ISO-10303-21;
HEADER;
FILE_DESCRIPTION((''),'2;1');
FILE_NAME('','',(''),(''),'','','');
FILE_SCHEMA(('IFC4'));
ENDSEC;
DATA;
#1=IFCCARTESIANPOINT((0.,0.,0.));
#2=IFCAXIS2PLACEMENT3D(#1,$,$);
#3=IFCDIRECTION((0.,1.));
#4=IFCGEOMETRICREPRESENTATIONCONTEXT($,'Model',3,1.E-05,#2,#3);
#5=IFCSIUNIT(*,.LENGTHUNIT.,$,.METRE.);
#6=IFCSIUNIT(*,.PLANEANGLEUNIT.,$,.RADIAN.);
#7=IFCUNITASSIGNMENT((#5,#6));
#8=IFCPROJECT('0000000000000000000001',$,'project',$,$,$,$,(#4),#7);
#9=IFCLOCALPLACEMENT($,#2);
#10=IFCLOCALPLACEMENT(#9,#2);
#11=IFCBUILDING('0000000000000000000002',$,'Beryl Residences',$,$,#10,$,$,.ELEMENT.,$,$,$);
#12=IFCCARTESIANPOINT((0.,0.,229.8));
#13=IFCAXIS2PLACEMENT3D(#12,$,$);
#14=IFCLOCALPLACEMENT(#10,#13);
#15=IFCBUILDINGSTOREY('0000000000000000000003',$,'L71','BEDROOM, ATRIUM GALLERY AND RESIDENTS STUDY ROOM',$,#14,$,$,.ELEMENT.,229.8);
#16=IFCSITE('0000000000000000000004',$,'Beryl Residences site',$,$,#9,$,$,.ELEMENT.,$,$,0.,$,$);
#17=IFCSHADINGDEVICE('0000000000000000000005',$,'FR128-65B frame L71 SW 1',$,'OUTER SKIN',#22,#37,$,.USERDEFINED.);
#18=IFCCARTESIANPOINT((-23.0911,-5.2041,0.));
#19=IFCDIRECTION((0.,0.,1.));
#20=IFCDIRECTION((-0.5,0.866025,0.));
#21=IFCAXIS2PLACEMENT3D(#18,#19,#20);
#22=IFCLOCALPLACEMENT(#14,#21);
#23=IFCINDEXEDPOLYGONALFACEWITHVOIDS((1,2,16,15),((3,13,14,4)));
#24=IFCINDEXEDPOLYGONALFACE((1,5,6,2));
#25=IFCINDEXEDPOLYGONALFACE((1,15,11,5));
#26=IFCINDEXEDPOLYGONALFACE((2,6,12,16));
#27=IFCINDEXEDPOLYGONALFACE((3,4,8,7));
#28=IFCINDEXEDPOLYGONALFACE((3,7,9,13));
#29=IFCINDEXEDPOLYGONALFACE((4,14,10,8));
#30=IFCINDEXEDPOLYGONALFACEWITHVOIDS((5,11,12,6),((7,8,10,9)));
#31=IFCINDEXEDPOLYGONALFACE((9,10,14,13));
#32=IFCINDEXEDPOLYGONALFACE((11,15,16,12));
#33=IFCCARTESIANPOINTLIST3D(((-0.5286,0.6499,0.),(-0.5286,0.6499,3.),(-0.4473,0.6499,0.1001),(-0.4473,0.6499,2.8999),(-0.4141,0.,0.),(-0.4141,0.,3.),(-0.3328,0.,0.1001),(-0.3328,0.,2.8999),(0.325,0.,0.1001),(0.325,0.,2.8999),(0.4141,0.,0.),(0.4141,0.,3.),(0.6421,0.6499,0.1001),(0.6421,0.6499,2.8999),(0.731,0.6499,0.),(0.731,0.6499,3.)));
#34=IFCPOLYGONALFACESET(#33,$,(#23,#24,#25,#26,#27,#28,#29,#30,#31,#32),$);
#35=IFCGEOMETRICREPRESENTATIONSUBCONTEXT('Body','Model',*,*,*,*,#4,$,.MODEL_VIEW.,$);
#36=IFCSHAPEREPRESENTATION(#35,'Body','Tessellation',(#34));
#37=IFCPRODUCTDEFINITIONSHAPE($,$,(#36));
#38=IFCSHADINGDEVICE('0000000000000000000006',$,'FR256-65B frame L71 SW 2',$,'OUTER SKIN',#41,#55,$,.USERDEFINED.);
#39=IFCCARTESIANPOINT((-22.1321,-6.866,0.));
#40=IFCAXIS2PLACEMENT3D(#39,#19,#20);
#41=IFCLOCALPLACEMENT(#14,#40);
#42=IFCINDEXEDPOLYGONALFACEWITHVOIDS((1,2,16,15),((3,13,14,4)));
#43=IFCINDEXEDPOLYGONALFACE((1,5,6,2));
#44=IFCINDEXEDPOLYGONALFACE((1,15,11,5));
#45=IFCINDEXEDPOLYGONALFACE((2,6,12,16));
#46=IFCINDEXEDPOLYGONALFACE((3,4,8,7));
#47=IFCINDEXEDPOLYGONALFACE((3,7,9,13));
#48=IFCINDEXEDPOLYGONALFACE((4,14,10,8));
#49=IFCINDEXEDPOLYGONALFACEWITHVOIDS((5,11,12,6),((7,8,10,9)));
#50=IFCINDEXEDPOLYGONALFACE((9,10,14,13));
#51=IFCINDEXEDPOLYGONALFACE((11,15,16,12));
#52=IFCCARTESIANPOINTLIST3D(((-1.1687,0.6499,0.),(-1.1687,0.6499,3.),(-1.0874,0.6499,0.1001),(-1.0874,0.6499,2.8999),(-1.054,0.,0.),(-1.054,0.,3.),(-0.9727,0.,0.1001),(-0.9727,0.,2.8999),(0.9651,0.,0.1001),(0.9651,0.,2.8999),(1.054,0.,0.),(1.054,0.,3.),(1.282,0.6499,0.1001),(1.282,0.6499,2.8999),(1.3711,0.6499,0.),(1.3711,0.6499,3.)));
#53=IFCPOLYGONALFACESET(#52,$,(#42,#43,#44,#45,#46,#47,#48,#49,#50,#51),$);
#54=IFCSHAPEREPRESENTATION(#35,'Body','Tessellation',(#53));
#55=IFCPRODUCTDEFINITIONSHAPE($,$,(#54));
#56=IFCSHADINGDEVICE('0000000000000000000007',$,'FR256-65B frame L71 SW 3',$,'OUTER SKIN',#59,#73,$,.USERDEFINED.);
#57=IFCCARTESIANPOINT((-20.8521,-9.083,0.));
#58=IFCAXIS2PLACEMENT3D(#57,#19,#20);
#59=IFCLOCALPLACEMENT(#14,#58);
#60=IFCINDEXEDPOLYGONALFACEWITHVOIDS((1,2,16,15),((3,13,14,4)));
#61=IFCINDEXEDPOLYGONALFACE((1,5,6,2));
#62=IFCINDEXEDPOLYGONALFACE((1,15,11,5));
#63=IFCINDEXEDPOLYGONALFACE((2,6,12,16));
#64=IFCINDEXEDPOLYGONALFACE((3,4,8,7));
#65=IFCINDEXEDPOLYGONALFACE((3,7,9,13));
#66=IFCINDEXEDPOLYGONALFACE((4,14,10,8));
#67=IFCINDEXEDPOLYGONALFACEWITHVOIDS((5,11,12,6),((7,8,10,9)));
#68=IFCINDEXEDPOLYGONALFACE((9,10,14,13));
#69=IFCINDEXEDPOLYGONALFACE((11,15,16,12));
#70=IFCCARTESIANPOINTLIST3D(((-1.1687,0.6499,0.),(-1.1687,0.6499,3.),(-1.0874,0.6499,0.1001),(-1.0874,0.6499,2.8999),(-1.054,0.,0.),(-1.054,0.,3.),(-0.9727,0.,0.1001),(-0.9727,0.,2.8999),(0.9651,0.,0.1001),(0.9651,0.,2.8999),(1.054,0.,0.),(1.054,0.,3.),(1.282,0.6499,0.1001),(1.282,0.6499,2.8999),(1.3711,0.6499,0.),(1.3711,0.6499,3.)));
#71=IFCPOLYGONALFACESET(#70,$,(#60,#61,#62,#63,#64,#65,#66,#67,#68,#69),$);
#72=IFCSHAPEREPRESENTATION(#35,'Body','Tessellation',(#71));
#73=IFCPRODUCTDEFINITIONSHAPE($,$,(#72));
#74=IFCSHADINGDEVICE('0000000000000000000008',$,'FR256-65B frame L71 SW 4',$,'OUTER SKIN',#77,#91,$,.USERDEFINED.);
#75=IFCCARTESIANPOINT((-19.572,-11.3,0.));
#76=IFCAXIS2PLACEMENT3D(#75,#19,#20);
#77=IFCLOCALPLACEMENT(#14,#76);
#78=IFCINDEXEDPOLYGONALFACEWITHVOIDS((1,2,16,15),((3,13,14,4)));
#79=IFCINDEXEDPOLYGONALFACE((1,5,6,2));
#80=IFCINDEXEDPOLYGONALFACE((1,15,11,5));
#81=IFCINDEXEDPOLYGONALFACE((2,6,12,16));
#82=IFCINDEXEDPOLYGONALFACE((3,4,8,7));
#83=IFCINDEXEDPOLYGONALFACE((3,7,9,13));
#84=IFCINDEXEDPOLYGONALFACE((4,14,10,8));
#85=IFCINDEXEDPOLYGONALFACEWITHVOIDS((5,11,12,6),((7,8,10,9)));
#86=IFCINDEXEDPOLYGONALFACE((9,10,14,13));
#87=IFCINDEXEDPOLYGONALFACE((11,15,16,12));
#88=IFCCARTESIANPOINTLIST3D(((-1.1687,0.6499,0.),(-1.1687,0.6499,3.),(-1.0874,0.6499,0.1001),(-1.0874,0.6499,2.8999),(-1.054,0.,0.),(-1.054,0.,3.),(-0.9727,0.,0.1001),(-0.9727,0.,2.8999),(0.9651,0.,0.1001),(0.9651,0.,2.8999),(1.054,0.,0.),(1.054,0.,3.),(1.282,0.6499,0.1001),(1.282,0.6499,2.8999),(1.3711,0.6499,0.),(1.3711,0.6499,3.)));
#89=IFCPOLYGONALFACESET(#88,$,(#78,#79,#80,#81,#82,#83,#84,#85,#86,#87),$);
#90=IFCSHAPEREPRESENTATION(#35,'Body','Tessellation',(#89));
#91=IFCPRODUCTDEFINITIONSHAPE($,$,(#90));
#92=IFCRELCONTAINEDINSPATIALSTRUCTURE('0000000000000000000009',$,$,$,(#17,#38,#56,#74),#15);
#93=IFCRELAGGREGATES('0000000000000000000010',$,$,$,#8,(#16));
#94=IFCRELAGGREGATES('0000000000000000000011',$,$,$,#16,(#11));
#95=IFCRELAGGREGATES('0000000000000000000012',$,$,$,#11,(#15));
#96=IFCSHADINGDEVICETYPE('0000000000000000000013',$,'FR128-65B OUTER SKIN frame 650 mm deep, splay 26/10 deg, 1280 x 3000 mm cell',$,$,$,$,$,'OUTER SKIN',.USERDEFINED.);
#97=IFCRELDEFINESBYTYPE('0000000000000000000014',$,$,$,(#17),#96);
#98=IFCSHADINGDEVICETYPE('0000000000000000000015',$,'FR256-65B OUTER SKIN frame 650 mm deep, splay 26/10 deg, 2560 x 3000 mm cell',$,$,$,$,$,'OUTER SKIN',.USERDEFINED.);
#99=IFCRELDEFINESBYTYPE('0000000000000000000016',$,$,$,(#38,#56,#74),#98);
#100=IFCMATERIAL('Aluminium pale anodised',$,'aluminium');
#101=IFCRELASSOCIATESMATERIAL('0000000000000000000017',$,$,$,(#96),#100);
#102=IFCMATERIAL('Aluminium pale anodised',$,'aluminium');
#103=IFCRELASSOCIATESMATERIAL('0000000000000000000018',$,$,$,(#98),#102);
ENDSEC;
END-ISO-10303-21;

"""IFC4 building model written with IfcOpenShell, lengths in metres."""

from ifc_helpers import new_model, entity, si_unit, direction, frame, origin, place, context, subcontext, project, spatial, source, transform, mapped, material, type_object, type_shapes, element, save


model = new_model("IFC4")

# Units and contexts
model_context = context("Model", 3, precision=1e-05, world=origin(), true_north=direction((0.0, 1.0)))
body_context = subcontext(model_context, "Body", "Model", "MODEL_VIEW")
ifc_project = project(units=[si_unit("LENGTHUNIT", "METRE"), si_unit("PLANEANGLEUNIT", "RADIAN")], contexts=[model_context])

# Site, building, storey
site_placement = place(None, origin())
site = spatial("IfcSite", under=ifc_project, at=site_placement, Name="Beryl Residences site", CompositionType="ELEMENT", RefElevation=0.0)
building_placement = place(site_placement, origin())
building = spatial("IfcBuilding", under=site, at=building_placement, Name="Beryl Residences", CompositionType="ELEMENT")
storey_placement = place(building_placement, frame((0.0, 0.0, 229.8)))
storey = spatial("IfcBuildingStorey", under=building, at=storey_placement, Name="L71", Description="BEDROOM, ATRIUM GALLERY AND RESIDENTS STUDY ROOM", CompositionType="ELEMENT", Elevation=229.8)

# Shading devices
ifc_material_1 = material(Name="Aluminium pale anodised", Category="aluminium")
shading_device_type_1 = type_object("IfcShadingDeviceType", Name="FR128-65B OUTER SKIN frame 650 mm deep, splay 26/10 deg, 1280 x 3000 mm cell", ElementType="OUTER SKIN", PredefinedType="USERDEFINED", material=ifc_material_1)
cartesian_point_1 = entity("IfcCartesianPoint", [-0.4141, 0.0])
cartesian_point_2 = entity("IfcCartesianPoint", [-0.325, 0.1001])
cartesian_point_3 = entity("IfcCartesianPoint", [-0.731, 0.0])
cartesian_point_4 = entity("IfcCartesianPoint", [-0.6421, 0.1001])
shared_shape_1 = source(origin(), body_context, "Body", "SweptSolid", [
    entity("IfcExtrudedAreaSolidTapered", entity("IfcArbitraryProfileDefWithVoids", "AREA", None, entity("IfcPolyline", [cartesian_point_1, entity("IfcCartesianPoint", [0.4141, 0.0]), entity("IfcCartesianPoint", [0.4141, 3.0]), entity("IfcCartesianPoint", [-0.4141, 3.0]), cartesian_point_1]), [entity("IfcPolyline", [cartesian_point_2, entity("IfcCartesianPoint", [0.3328, 0.1001]), entity("IfcCartesianPoint", [0.3328, 2.8999]), entity("IfcCartesianPoint", [-0.325, 2.8999]), cartesian_point_2])]), entity("IfcAxis2Placement3D", entity("IfcCartesianPoint", [0.0, 0.0, 0.0]), entity("IfcDirection", [0.0, 1.0, 0.0]), entity("IfcDirection", [-1.0, 0.0, 0.0])), entity("IfcDirection", [0.0, 0.0, 1.0]), 0.6499, entity("IfcArbitraryProfileDefWithVoids", "AREA", None, entity("IfcPolyline", [cartesian_point_3, entity("IfcCartesianPoint", [0.5286, 0.0]), entity("IfcCartesianPoint", [0.5286, 3.0]), entity("IfcCartesianPoint", [-0.731, 3.0]), cartesian_point_3]), [entity("IfcPolyline", [cartesian_point_4, entity("IfcCartesianPoint", [0.4473, 0.1001]), entity("IfcCartesianPoint", [0.4473, 2.8999]), entity("IfcCartesianPoint", [-0.6421, 2.8999]), cartesian_point_4])])),
])
type_shapes(shading_device_type_1, [shared_shape_1])
shading_device_placement = place(storey_placement, frame((-23.0911, -5.2041, 0.0), z_axis=(0.0, 0.0, 1.0), x_axis=(-0.5, 0.866025, 0.0)))
element("IfcShadingDevice", 1, at=shading_device_placement, inside=storey, type_object=shading_device_type_1, Name="FR128-65B frame L71 SW 1", ObjectType="OUTER SKIN", PredefinedType="USERDEFINED", context=body_context, shape_type="MappedRepresentation", body=[
    mapped(shared_shape_1, transform((0.0, 0.0, 0.0))),
])
ifc_material_2 = material(Name="Aluminium pale anodised", Category="aluminium")
shading_device_type_2 = type_object("IfcShadingDeviceType", Name="FR256-65B OUTER SKIN frame 650 mm deep, splay 26/10 deg, 2560 x 3000 mm cell", ElementType="OUTER SKIN", PredefinedType="USERDEFINED", material=ifc_material_2)
cartesian_point_5 = entity("IfcCartesianPoint", [-1.054, 0.0])
cartesian_point_6 = entity("IfcCartesianPoint", [-0.9651, 0.1001])
cartesian_point_7 = entity("IfcCartesianPoint", [-1.3711, 0.0])
cartesian_point_8 = entity("IfcCartesianPoint", [-1.282, 0.1001])
shared_shape_2 = source(origin(), body_context, "Body", "SweptSolid", [
    entity("IfcExtrudedAreaSolidTapered", entity("IfcArbitraryProfileDefWithVoids", "AREA", None, entity("IfcPolyline", [cartesian_point_5, entity("IfcCartesianPoint", [1.054, 0.0]), entity("IfcCartesianPoint", [1.054, 3.0]), entity("IfcCartesianPoint", [-1.054, 3.0]), cartesian_point_5]), [entity("IfcPolyline", [cartesian_point_6, entity("IfcCartesianPoint", [0.9727, 0.1001]), entity("IfcCartesianPoint", [0.9727, 2.8999]), entity("IfcCartesianPoint", [-0.9651, 2.8999]), cartesian_point_6])]), entity("IfcAxis2Placement3D", entity("IfcCartesianPoint", [0.0, 0.0, 0.0]), entity("IfcDirection", [0.0, 1.0, 0.0]), entity("IfcDirection", [-1.0, 0.0, 0.0])), entity("IfcDirection", [0.0, 0.0, 1.0]), 0.6499, entity("IfcArbitraryProfileDefWithVoids", "AREA", None, entity("IfcPolyline", [cartesian_point_7, entity("IfcCartesianPoint", [1.1687, 0.0]), entity("IfcCartesianPoint", [1.1687, 3.0]), entity("IfcCartesianPoint", [-1.3711, 3.0]), cartesian_point_7]), [entity("IfcPolyline", [cartesian_point_8, entity("IfcCartesianPoint", [1.0874, 0.1001]), entity("IfcCartesianPoint", [1.0874, 2.8999]), entity("IfcCartesianPoint", [-1.282, 2.8999]), cartesian_point_8])])),
])
type_shapes(shading_device_type_2, [shared_shape_2])
for number, where, z_axis, x_axis, name in (
    (2, (-22.1321, -6.866, 0.0), (0.0, 0.0, 1.0), (-0.5, 0.866025, 0.0), "FR256-65B frame L71 SW 2"),
    (3, (-20.8521, -9.083, 0.0), (0.0, 0.0, 1.0), (-0.5, 0.866025, 0.0), "FR256-65B frame L71 SW 3"),
    (4, (-19.572, -11.3, 0.0), (0.0, 0.0, 1.0), (-0.5, 0.866025, 0.0), "FR256-65B frame L71 SW 4"),
):
    element("IfcShadingDevice", number, at=place(storey_placement, frame(where, z_axis=z_axis, x_axis=x_axis)), inside=storey, type_object=shading_device_type_2, Name=name, ObjectType="OUTER SKIN", PredefinedType="USERDEFINED", context=body_context, shape_type="MappedRepresentation", body=[
        mapped(shared_shape_2, transform((0.0, 0.0, 0.0))),
    ])

save(model, "model.ifc")
